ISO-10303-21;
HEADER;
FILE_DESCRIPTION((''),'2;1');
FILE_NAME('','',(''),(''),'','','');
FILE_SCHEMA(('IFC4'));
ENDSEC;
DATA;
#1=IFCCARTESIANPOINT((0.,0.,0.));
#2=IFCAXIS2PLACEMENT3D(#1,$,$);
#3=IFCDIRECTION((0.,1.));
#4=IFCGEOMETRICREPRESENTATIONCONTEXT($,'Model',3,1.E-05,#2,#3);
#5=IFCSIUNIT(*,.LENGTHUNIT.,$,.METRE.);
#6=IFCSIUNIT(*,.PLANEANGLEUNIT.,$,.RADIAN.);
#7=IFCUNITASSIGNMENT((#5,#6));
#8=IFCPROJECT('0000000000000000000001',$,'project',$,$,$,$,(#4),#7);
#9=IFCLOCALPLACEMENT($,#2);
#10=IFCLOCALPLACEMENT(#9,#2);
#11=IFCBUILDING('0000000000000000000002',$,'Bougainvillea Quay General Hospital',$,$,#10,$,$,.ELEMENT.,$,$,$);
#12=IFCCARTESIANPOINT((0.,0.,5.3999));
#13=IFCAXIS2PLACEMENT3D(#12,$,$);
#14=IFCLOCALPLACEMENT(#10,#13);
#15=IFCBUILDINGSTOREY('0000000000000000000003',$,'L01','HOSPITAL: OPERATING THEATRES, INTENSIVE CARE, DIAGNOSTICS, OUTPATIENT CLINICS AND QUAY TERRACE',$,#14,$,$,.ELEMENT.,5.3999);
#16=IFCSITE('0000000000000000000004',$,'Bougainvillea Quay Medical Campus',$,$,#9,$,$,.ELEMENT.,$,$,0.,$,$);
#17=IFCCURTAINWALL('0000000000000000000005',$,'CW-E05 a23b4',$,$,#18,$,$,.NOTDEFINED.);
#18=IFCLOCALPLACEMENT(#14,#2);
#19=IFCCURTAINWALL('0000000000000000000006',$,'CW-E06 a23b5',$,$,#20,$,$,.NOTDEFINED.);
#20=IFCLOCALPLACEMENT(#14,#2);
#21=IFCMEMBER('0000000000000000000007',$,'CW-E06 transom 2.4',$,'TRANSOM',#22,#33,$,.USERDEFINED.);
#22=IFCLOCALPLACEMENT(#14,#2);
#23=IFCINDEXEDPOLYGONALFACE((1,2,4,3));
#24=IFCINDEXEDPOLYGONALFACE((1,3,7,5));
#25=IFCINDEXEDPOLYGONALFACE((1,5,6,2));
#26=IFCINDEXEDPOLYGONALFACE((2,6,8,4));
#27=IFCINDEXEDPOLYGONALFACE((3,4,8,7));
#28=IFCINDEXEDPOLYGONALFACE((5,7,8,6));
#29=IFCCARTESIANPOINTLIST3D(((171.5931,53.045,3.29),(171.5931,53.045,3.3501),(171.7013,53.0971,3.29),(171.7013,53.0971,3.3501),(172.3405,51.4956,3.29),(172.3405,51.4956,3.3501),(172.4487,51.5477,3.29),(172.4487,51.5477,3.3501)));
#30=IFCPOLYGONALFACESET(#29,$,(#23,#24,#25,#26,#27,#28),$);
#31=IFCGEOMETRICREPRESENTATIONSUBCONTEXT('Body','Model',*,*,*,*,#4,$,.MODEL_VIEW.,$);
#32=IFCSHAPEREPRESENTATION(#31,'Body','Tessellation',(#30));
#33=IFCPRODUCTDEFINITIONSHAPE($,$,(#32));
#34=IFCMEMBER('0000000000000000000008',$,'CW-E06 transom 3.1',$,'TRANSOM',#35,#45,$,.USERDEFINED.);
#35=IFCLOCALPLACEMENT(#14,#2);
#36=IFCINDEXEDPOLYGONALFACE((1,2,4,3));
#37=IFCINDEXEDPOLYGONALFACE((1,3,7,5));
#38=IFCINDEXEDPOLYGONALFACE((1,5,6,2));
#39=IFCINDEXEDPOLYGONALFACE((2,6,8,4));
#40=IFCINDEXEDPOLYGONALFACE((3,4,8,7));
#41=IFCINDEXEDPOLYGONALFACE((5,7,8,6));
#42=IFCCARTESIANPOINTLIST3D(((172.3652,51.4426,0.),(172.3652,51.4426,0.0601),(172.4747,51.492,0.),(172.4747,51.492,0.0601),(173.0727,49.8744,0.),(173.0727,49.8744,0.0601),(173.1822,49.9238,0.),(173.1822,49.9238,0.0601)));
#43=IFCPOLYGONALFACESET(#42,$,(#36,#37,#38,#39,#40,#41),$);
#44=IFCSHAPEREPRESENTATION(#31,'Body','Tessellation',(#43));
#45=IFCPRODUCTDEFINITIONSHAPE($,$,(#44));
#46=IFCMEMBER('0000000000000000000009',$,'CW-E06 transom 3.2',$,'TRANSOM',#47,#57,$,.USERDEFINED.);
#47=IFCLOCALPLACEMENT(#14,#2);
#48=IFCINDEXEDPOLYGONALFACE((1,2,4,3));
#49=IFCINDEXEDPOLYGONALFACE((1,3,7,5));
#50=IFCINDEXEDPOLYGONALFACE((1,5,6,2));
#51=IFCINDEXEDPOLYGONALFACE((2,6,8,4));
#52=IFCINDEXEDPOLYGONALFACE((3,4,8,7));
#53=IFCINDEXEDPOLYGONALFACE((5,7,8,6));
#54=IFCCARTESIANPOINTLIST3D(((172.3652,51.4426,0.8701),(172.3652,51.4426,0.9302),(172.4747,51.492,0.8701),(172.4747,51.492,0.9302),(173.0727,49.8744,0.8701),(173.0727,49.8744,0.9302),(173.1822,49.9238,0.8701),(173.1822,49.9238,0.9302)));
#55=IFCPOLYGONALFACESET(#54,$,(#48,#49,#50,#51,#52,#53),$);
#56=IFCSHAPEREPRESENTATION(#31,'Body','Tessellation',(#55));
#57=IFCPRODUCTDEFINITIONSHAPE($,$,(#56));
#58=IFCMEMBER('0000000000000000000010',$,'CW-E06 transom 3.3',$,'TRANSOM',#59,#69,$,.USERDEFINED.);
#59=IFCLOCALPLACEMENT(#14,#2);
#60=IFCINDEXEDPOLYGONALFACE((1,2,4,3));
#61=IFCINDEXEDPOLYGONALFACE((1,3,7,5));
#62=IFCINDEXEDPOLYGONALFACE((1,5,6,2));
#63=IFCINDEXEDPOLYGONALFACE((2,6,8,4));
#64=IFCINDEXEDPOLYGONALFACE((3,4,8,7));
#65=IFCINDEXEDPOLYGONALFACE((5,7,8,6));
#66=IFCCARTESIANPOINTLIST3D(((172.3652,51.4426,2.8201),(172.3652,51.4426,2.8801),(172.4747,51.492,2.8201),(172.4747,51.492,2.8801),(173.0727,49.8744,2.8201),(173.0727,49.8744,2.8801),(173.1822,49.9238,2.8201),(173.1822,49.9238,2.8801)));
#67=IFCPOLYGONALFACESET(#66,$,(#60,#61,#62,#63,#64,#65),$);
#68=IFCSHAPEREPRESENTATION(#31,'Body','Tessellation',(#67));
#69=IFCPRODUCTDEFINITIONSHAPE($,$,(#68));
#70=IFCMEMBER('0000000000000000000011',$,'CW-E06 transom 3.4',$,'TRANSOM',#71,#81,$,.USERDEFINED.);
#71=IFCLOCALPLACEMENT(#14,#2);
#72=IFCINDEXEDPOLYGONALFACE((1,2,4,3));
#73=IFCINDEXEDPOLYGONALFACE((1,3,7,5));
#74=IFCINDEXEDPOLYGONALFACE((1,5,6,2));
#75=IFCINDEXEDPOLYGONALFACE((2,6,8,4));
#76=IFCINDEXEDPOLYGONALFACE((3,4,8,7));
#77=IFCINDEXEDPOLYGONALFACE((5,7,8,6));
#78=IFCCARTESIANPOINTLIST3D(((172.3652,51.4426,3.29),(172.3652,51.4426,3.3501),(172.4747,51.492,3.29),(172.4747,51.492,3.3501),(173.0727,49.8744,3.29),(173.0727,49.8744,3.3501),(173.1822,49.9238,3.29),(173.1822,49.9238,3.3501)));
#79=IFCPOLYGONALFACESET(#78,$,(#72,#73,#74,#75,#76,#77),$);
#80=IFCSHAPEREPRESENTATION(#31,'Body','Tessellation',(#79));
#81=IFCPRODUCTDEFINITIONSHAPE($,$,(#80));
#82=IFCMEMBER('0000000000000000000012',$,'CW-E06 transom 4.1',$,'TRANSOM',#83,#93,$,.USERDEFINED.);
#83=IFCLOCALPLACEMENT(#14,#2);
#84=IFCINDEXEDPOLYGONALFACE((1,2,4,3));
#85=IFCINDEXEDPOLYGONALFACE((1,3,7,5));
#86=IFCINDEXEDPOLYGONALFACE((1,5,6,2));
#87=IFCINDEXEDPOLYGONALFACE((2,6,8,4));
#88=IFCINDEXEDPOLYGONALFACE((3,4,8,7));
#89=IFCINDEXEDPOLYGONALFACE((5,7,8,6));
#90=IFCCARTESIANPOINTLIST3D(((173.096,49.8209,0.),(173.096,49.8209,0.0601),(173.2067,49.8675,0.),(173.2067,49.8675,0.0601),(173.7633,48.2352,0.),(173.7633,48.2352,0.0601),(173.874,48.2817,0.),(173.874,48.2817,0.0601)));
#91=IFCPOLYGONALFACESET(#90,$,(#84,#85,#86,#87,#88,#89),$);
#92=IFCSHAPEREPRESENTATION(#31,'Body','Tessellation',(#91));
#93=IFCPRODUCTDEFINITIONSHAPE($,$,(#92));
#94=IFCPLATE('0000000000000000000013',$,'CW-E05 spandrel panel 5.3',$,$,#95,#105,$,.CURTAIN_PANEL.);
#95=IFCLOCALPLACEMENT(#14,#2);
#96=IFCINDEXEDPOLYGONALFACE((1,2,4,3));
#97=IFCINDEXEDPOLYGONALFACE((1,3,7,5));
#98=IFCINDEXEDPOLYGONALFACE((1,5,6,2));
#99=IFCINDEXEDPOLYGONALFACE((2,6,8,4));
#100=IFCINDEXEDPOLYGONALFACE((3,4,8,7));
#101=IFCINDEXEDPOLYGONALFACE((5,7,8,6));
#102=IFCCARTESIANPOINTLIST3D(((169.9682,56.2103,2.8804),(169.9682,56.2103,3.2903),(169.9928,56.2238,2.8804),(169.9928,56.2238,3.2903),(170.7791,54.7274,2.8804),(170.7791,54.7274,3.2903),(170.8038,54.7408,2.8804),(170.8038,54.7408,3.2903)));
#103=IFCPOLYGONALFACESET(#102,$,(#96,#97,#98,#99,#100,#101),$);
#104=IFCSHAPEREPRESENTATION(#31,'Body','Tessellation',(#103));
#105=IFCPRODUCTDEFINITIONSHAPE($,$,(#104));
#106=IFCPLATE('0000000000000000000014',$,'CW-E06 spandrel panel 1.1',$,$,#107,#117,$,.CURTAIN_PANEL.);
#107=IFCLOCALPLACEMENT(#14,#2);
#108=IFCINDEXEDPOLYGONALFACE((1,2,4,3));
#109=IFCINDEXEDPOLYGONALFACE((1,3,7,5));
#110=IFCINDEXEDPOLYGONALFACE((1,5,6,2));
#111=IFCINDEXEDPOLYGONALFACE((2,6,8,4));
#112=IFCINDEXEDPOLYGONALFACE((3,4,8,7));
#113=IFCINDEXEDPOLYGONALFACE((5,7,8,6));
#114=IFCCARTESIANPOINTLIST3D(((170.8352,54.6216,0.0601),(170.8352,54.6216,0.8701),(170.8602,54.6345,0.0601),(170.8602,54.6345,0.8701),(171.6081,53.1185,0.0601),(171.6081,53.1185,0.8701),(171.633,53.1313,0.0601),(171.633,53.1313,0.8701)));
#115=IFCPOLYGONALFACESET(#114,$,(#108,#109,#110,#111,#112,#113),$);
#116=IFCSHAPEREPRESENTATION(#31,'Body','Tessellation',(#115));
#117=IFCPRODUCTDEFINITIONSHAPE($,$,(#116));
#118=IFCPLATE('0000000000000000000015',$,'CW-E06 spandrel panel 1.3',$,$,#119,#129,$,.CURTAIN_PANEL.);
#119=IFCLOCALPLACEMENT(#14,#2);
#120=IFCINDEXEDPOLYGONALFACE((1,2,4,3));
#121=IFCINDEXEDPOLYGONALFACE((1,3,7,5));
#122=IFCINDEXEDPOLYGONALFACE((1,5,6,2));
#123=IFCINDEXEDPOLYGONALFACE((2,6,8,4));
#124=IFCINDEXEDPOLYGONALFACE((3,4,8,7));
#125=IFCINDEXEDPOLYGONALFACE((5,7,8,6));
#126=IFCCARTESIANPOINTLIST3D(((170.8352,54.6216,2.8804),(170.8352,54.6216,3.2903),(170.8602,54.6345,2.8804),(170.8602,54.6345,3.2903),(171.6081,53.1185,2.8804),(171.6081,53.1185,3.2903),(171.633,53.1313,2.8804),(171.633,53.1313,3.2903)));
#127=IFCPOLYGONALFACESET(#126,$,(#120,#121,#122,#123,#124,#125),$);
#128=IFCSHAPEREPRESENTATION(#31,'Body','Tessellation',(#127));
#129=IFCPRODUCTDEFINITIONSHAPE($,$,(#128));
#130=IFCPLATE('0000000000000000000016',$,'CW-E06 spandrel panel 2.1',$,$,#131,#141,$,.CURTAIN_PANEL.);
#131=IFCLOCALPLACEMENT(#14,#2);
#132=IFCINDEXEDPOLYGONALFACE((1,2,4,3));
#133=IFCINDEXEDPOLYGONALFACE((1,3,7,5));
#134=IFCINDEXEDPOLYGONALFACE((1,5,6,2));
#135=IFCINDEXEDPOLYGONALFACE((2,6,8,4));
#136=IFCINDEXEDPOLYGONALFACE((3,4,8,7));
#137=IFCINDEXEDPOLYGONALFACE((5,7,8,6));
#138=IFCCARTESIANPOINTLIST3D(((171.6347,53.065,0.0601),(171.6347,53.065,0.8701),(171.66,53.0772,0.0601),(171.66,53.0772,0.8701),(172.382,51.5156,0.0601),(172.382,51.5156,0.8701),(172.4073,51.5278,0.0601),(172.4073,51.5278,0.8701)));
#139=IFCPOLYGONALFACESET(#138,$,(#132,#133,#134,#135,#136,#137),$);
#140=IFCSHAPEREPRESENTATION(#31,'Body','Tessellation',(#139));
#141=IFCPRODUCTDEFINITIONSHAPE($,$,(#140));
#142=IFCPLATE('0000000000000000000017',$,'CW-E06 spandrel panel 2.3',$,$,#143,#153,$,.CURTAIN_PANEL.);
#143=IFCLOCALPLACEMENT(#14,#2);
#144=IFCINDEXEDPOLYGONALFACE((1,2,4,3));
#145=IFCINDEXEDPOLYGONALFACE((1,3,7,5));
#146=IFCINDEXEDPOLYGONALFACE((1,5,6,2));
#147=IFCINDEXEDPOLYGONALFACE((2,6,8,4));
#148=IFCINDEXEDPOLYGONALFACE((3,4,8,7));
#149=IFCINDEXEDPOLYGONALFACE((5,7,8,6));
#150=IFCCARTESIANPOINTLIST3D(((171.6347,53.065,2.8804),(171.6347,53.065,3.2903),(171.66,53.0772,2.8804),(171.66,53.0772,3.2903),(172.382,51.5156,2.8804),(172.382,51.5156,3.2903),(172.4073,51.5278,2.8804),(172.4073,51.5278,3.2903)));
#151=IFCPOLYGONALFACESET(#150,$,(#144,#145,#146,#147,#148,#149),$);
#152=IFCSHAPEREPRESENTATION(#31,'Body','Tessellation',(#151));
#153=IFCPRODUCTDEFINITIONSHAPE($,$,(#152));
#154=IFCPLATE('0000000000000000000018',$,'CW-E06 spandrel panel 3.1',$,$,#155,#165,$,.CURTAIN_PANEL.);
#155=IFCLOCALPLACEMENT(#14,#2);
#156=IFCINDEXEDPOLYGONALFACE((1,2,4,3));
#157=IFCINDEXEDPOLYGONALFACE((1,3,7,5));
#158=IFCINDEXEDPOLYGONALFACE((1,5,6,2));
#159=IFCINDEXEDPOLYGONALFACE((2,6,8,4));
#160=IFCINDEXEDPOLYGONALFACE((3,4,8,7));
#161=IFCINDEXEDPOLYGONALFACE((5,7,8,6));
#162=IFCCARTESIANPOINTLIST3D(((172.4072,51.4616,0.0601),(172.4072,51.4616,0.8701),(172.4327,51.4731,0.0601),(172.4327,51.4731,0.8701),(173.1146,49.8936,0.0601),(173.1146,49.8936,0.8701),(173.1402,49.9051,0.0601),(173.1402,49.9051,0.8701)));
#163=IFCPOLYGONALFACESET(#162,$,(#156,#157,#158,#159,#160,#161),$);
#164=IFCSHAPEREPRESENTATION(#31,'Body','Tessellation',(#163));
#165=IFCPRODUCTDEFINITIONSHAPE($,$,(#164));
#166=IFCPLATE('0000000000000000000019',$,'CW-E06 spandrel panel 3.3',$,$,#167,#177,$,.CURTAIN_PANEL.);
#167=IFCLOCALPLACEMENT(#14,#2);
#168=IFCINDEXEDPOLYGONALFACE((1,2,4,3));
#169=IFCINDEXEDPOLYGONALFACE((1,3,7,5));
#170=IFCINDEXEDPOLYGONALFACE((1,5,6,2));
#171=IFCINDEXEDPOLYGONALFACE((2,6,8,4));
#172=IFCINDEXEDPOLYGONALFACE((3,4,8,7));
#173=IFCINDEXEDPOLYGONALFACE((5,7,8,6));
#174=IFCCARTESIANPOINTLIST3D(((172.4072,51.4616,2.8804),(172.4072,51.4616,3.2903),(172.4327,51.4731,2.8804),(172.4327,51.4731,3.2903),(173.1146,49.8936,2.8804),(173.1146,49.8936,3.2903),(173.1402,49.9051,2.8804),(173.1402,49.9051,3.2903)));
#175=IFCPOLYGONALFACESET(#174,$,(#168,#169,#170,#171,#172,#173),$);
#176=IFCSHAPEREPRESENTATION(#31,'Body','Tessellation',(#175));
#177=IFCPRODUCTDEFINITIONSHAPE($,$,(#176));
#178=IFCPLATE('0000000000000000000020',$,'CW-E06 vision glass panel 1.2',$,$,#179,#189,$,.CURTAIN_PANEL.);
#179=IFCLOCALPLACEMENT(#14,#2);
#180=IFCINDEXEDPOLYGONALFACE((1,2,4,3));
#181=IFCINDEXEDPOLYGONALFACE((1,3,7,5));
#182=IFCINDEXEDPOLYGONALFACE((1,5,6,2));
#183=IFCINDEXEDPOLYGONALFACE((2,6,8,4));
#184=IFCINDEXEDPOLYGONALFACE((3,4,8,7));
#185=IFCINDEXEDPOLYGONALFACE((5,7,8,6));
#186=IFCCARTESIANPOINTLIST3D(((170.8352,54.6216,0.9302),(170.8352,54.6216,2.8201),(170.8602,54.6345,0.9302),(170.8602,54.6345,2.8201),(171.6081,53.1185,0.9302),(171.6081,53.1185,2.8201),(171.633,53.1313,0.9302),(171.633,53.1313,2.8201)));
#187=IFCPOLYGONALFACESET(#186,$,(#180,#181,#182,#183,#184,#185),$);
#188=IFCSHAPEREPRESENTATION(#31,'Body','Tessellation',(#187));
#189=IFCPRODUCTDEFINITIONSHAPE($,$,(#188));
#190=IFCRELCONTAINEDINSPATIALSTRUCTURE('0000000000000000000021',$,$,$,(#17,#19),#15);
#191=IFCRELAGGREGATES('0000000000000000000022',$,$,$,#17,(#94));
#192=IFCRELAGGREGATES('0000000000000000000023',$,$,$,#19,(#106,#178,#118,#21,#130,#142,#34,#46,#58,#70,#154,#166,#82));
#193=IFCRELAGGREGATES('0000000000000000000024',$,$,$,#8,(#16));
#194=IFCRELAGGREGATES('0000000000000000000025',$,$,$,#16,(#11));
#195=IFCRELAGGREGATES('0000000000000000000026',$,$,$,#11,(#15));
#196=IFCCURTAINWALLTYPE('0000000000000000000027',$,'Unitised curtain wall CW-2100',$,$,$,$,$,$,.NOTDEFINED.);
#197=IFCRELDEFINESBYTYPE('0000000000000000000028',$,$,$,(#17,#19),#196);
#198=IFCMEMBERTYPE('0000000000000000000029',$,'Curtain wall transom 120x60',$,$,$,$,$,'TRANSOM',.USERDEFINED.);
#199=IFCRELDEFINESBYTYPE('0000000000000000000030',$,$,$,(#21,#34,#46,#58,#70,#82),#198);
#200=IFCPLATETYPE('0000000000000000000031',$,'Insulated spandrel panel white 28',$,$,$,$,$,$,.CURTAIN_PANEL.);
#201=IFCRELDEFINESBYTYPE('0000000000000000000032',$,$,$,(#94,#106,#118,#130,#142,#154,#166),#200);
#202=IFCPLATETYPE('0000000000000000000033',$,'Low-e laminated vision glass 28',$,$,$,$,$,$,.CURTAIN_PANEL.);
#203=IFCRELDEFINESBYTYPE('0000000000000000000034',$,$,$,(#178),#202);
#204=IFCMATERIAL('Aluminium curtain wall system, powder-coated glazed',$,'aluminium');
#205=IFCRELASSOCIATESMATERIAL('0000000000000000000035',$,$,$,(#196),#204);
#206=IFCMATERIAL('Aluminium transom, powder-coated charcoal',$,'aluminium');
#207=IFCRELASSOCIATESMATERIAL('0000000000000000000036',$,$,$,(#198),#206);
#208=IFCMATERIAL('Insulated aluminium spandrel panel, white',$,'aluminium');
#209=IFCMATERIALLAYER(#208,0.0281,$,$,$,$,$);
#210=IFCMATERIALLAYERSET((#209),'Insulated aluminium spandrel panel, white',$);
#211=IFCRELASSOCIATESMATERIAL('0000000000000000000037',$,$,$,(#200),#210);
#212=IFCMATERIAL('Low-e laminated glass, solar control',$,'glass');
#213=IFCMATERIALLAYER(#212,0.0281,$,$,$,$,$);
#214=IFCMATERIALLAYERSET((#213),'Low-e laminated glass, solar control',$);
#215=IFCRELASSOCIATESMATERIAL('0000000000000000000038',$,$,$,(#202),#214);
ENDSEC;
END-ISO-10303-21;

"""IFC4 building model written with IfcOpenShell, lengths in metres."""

from ifc_helpers import new_model, si_unit, direction, frame, origin, origin_2d, place, context, subcontext, project, spatial, rectangle, extrude, material, layer, layer_set, material_profile, profile_set, type_object, element, aggregate, save


model = new_model("IFC4")

# Units and contexts
model_context = context("Model", 3, precision=1e-05, world=origin(), true_north=direction((0.0, 1.0)))
body_context = subcontext(model_context, "Body", "Model", "MODEL_VIEW")
ifc_project = project(units=[si_unit("LENGTHUNIT", "METRE"), si_unit("PLANEANGLEUNIT", "RADIAN")], contexts=[model_context])

# Site, building, storey
site_placement = place(None, origin())
site = spatial("IfcSite", under=ifc_project, at=site_placement, Name="Bougainvillea Quay Medical Campus", CompositionType="ELEMENT", RefElevation=0.0)
building_placement = place(site_placement, origin())
building = spatial("IfcBuilding", under=site, at=building_placement, Name="Bougainvillea Quay General Hospital", CompositionType="ELEMENT")
storey_placement = place(building_placement, frame((0.0, 0.0, 5.3999)))
storey = spatial("IfcBuildingStorey", under=building, at=storey_placement, Name="L01", Description="HOSPITAL: OPERATING THEATRES, INTENSIVE CARE, DIAGNOSTICS, OUTPATIENT CLINICS AND QUAY TERRACE", CompositionType="ELEMENT", Elevation=5.3999)

# Curtain wall
ifc_material_1 = material(Name="Aluminium curtain wall system, powder-coated glazed", Category="aluminium")
curtain_wall_type = type_object("IfcCurtainWallType", Name="Unitised curtain wall CW-2100", PredefinedType="NOTDEFINED", material=ifc_material_1)
curtain_wall_1_placement = place(storey_placement, origin())
curtain_wall_1 = element("IfcCurtainWall", 1, at=curtain_wall_1_placement, inside=storey, type_object=curtain_wall_type, Name="CW-E05 a23b4", PredefinedType="NOTDEFINED")

# Curtain wall, members
curtain_wall_2_placement = place(storey_placement, origin())
curtain_wall_2 = element("IfcCurtainWall", 2, at=curtain_wall_2_placement, inside=storey, type_object=curtain_wall_type, Name="CW-E06 a23b5", PredefinedType="NOTDEFINED")
ifc_material_2 = material(Name="Aluminium transom, powder-coated charcoal", Category="aluminium")
ifc_material_profile_1 = material_profile(ifc_material_2, rectangle(XDim=0.1201, YDim=0.0601, at=origin_2d()))
ifc_profile_set_1 = profile_set([ifc_material_profile_1], Name="Aluminium transom, powder-coated charcoal")
member_type_1 = type_object("IfcMemberType", Name="Curtain wall transom 120x60", ElementType="TRANSOM", PredefinedType="USERDEFINED", material=ifc_profile_set_1)
member_1_placement = place(storey_placement, frame((171.6472, 53.071, 3.3201), z_axis=(0.434451, -0.900695, 0.0), x_axis=(0.900695, 0.434451, 0.0)))
member_1 = element("IfcMember", 3, at=member_1_placement, type_object=member_type_1, Name="CW-E06 transom 2.4", ObjectType="TRANSOM", PredefinedType="USERDEFINED", context=body_context, shape_type="SweptSolid", body=[
    extrude(rectangle(XDim=0.1201, YDim=0.0601, at=origin_2d()), origin(), (0.0, 0.0, 1.0), 1.7202),
])
member_2_placement = place(storey_placement, frame((172.4199, 51.4673, 0.03), z_axis=(0.411267, -0.911515, 0.0), x_axis=(0.911515, 0.411267, 0.0)))
member_2 = element("IfcMember", 4, at=member_2_placement, type_object=member_type_1, Name="CW-E06 transom 3.1", ObjectType="TRANSOM", PredefinedType="USERDEFINED", context=body_context, shape_type="SweptSolid", body=[
    extrude(rectangle(XDim=0.1201, YDim=0.0601, at=origin_2d()), origin(), (0.0, 0.0, 1.0), 1.7205),
])
member_3_placement = place(storey_placement, frame((172.4199, 51.4673, 0.9001), z_axis=(0.411267, -0.911515, 0.0), x_axis=(0.911515, 0.411267, 0.0)))
member_3 = element("IfcMember", 5, at=member_3_placement, type_object=member_type_1, Name="CW-E06 transom 3.2", ObjectType="TRANSOM", PredefinedType="USERDEFINED", context=body_context, shape_type="SweptSolid", body=[
    extrude(rectangle(XDim=0.1201, YDim=0.0601, at=origin_2d()), origin(), (0.0, 0.0, 1.0), 1.7205),
])
member_4_placement = place(storey_placement, frame((172.4199, 51.4673, 2.8501), z_axis=(0.411267, -0.911515, 0.0), x_axis=(0.911515, 0.411267, 0.0)))
member_4 = element("IfcMember", 6, at=member_4_placement, type_object=member_type_1, Name="CW-E06 transom 3.3", ObjectType="TRANSOM", PredefinedType="USERDEFINED", context=body_context, shape_type="SweptSolid", body=[
    extrude(rectangle(XDim=0.1201, YDim=0.0601, at=origin_2d()), origin(), (0.0, 0.0, 1.0), 1.7205),
])
member_5_placement = place(storey_placement, frame((172.4199, 51.4673, 3.3201), z_axis=(0.411267, -0.911515, 0.0), x_axis=(0.911515, 0.411267, 0.0)))
member_5 = element("IfcMember", 7, at=member_5_placement, type_object=member_type_1, Name="CW-E06 transom 3.4", ObjectType="TRANSOM", PredefinedType="USERDEFINED", context=body_context, shape_type="SweptSolid", body=[
    extrude(rectangle(XDim=0.1201, YDim=0.0601, at=origin_2d()), origin(), (0.0, 0.0, 1.0), 1.7205),
])
member_6_placement = place(storey_placement, frame((173.1514, 49.8442, 0.03), z_axis=(0.387848, -0.921724, 0.0), x_axis=(0.921724, 0.387848, 0.0)))
member_6 = element("IfcMember", 8, at=member_6_placement, type_object=member_type_1, Name="CW-E06 transom 4.1", ObjectType="TRANSOM", PredefinedType="USERDEFINED", context=body_context, shape_type="SweptSolid", body=[
    extrude(rectangle(XDim=0.1201, YDim=0.0601, at=origin_2d()), origin(), (0.0, 0.0, 1.0), 1.7205),
])

# Plates
ifc_material_3 = material(Name="Insulated aluminium spandrel panel, white", Category="aluminium")
ifc_layer_1 = layer(ifc_material_3, 0.0281)
ifc_layer_set_1 = layer_set([ifc_layer_1], Name="Insulated aluminium spandrel panel, white")
plate_type_1 = type_object("IfcPlateType", Name="Insulated spandrel panel white 28", PredefinedType="CURTAIN_PANEL", material=ifc_layer_set_1)
plate_1_placement = place(storey_placement, frame((170.386, 55.4756, 2.8804), z_axis=(0.0, 0.0, 1.0), x_axis=(0.479783, -0.877387, 0.0)))
plate_1 = element("IfcPlate", 9, at=plate_1_placement, type_object=plate_type_1, Name="CW-E05 spandrel panel 5.3", PredefinedType="CURTAIN_PANEL", context=body_context, shape_type="SweptSolid", body=[
    extrude(rectangle(XDim=1.6902, YDim=0.0281, at=origin_2d()), origin(), (0.0, 0.0, 1.0), 0.4099),
])
aggregate(curtain_wall_1, [plate_1])
plate_2_placement = place(storey_placement, frame((171.2341, 53.8765, 0.0601), z_axis=(0.0, 0.0, 1.0), x_axis=(0.457235, -0.889346, 0.0)))
plate_2 = element("IfcPlate", 10, at=plate_2_placement, type_object=plate_type_1, Name="CW-E06 spandrel panel 1.1", PredefinedType="CURTAIN_PANEL", context=body_context, shape_type="SweptSolid", body=[
    extrude(rectangle(XDim=1.6902, YDim=0.0281, at=origin_2d()), origin(), (0.0, 0.0, 1.0), 0.8101),
])
plate_3_placement = place(storey_placement, frame((171.2341, 53.8765, 2.8804), z_axis=(0.0, 0.0, 1.0), x_axis=(0.457235, -0.889346, 0.0)))
plate_3 = element("IfcPlate", 11, at=plate_3_placement, type_object=plate_type_1, Name="CW-E06 spandrel panel 1.3", PredefinedType="CURTAIN_PANEL", context=body_context, shape_type="SweptSolid", body=[
    extrude(rectangle(XDim=1.6902, YDim=0.0281, at=origin_2d()), origin(), (0.0, 0.0, 1.0), 0.4099),
])
plate_4_placement = place(storey_placement, frame((172.021, 52.2964, 0.0601), z_axis=(0.0, 0.0, 1.0), x_axis=(0.434389, -0.900726, 0.0)))
plate_4 = element("IfcPlate", 12, at=plate_4_placement, type_object=plate_type_1, Name="CW-E06 spandrel panel 2.1", PredefinedType="CURTAIN_PANEL", context=body_context, shape_type="SweptSolid", body=[
    extrude(rectangle(XDim=1.7202, YDim=0.0281, at=origin_2d()), origin(), (0.0, 0.0, 1.0), 0.8101),
])
plate_5_placement = place(storey_placement, frame((172.021, 52.2964, 2.8804), z_axis=(0.0, 0.0, 1.0), x_axis=(0.434389, -0.900726, 0.0)))
plate_5 = element("IfcPlate", 13, at=plate_5_placement, type_object=plate_type_1, Name="CW-E06 spandrel panel 2.3", PredefinedType="CURTAIN_PANEL", context=body_context, shape_type="SweptSolid", body=[
    extrude(rectangle(XDim=1.7202, YDim=0.0281, at=origin_2d()), origin(), (0.0, 0.0, 1.0), 0.4099),
])
plate_6_placement = place(storey_placement, frame((172.7737, 50.6833, 0.0601), z_axis=(0.0, 0.0, 1.0), x_axis=(0.41126, -0.911518, 0.0)))
plate_6 = element("IfcPlate", 14, at=plate_6_placement, type_object=plate_type_1, Name="CW-E06 spandrel panel 3.1", PredefinedType="CURTAIN_PANEL", context=body_context, shape_type="SweptSolid", body=[
    extrude(rectangle(XDim=1.7202, YDim=0.0281, at=origin_2d()), origin(), (0.0, 0.0, 1.0), 0.8101),
])
plate_7_placement = place(storey_placement, frame((172.7737, 50.6833, 2.8804), z_axis=(0.0, 0.0, 1.0), x_axis=(0.41126, -0.911518, 0.0)))
plate_7 = element("IfcPlate", 15, at=plate_7_placement, type_object=plate_type_1, Name="CW-E06 spandrel panel 3.3", PredefinedType="CURTAIN_PANEL", context=body_context, shape_type="SweptSolid", body=[
    extrude(rectangle(XDim=1.7202, YDim=0.0281, at=origin_2d()), origin(), (0.0, 0.0, 1.0), 0.4099),
])
ifc_material_4 = material(Name="Low-e laminated glass, solar control", Category="glass")
ifc_layer_2 = layer(ifc_material_4, 0.0281)
ifc_layer_set_2 = layer_set([ifc_layer_2], Name="Low-e laminated glass, solar control")
plate_type_2 = type_object("IfcPlateType", Name="Low-e laminated vision glass 28", PredefinedType="CURTAIN_PANEL", material=ifc_layer_set_2)
plate_8_placement = place(storey_placement, frame((171.2341, 53.8765, 0.9302), z_axis=(0.0, 0.0, 1.0), x_axis=(0.457235, -0.889346, 0.0)))
plate_8 = element("IfcPlate", 16, at=plate_8_placement, type_object=plate_type_2, Name="CW-E06 vision glass panel 1.2", PredefinedType="CURTAIN_PANEL", context=body_context, shape_type="SweptSolid", body=[
    extrude(rectangle(XDim=1.6902, YDim=0.0281, at=origin_2d()), origin(), (0.0, 0.0, 1.0), 1.8899),
])
aggregate(curtain_wall_2, [plate_2, plate_8, plate_3, member_1, plate_4, plate_5, member_2, member_3, member_4, member_5, plate_6, plate_7, member_6])

save(model, "model.ifc")
